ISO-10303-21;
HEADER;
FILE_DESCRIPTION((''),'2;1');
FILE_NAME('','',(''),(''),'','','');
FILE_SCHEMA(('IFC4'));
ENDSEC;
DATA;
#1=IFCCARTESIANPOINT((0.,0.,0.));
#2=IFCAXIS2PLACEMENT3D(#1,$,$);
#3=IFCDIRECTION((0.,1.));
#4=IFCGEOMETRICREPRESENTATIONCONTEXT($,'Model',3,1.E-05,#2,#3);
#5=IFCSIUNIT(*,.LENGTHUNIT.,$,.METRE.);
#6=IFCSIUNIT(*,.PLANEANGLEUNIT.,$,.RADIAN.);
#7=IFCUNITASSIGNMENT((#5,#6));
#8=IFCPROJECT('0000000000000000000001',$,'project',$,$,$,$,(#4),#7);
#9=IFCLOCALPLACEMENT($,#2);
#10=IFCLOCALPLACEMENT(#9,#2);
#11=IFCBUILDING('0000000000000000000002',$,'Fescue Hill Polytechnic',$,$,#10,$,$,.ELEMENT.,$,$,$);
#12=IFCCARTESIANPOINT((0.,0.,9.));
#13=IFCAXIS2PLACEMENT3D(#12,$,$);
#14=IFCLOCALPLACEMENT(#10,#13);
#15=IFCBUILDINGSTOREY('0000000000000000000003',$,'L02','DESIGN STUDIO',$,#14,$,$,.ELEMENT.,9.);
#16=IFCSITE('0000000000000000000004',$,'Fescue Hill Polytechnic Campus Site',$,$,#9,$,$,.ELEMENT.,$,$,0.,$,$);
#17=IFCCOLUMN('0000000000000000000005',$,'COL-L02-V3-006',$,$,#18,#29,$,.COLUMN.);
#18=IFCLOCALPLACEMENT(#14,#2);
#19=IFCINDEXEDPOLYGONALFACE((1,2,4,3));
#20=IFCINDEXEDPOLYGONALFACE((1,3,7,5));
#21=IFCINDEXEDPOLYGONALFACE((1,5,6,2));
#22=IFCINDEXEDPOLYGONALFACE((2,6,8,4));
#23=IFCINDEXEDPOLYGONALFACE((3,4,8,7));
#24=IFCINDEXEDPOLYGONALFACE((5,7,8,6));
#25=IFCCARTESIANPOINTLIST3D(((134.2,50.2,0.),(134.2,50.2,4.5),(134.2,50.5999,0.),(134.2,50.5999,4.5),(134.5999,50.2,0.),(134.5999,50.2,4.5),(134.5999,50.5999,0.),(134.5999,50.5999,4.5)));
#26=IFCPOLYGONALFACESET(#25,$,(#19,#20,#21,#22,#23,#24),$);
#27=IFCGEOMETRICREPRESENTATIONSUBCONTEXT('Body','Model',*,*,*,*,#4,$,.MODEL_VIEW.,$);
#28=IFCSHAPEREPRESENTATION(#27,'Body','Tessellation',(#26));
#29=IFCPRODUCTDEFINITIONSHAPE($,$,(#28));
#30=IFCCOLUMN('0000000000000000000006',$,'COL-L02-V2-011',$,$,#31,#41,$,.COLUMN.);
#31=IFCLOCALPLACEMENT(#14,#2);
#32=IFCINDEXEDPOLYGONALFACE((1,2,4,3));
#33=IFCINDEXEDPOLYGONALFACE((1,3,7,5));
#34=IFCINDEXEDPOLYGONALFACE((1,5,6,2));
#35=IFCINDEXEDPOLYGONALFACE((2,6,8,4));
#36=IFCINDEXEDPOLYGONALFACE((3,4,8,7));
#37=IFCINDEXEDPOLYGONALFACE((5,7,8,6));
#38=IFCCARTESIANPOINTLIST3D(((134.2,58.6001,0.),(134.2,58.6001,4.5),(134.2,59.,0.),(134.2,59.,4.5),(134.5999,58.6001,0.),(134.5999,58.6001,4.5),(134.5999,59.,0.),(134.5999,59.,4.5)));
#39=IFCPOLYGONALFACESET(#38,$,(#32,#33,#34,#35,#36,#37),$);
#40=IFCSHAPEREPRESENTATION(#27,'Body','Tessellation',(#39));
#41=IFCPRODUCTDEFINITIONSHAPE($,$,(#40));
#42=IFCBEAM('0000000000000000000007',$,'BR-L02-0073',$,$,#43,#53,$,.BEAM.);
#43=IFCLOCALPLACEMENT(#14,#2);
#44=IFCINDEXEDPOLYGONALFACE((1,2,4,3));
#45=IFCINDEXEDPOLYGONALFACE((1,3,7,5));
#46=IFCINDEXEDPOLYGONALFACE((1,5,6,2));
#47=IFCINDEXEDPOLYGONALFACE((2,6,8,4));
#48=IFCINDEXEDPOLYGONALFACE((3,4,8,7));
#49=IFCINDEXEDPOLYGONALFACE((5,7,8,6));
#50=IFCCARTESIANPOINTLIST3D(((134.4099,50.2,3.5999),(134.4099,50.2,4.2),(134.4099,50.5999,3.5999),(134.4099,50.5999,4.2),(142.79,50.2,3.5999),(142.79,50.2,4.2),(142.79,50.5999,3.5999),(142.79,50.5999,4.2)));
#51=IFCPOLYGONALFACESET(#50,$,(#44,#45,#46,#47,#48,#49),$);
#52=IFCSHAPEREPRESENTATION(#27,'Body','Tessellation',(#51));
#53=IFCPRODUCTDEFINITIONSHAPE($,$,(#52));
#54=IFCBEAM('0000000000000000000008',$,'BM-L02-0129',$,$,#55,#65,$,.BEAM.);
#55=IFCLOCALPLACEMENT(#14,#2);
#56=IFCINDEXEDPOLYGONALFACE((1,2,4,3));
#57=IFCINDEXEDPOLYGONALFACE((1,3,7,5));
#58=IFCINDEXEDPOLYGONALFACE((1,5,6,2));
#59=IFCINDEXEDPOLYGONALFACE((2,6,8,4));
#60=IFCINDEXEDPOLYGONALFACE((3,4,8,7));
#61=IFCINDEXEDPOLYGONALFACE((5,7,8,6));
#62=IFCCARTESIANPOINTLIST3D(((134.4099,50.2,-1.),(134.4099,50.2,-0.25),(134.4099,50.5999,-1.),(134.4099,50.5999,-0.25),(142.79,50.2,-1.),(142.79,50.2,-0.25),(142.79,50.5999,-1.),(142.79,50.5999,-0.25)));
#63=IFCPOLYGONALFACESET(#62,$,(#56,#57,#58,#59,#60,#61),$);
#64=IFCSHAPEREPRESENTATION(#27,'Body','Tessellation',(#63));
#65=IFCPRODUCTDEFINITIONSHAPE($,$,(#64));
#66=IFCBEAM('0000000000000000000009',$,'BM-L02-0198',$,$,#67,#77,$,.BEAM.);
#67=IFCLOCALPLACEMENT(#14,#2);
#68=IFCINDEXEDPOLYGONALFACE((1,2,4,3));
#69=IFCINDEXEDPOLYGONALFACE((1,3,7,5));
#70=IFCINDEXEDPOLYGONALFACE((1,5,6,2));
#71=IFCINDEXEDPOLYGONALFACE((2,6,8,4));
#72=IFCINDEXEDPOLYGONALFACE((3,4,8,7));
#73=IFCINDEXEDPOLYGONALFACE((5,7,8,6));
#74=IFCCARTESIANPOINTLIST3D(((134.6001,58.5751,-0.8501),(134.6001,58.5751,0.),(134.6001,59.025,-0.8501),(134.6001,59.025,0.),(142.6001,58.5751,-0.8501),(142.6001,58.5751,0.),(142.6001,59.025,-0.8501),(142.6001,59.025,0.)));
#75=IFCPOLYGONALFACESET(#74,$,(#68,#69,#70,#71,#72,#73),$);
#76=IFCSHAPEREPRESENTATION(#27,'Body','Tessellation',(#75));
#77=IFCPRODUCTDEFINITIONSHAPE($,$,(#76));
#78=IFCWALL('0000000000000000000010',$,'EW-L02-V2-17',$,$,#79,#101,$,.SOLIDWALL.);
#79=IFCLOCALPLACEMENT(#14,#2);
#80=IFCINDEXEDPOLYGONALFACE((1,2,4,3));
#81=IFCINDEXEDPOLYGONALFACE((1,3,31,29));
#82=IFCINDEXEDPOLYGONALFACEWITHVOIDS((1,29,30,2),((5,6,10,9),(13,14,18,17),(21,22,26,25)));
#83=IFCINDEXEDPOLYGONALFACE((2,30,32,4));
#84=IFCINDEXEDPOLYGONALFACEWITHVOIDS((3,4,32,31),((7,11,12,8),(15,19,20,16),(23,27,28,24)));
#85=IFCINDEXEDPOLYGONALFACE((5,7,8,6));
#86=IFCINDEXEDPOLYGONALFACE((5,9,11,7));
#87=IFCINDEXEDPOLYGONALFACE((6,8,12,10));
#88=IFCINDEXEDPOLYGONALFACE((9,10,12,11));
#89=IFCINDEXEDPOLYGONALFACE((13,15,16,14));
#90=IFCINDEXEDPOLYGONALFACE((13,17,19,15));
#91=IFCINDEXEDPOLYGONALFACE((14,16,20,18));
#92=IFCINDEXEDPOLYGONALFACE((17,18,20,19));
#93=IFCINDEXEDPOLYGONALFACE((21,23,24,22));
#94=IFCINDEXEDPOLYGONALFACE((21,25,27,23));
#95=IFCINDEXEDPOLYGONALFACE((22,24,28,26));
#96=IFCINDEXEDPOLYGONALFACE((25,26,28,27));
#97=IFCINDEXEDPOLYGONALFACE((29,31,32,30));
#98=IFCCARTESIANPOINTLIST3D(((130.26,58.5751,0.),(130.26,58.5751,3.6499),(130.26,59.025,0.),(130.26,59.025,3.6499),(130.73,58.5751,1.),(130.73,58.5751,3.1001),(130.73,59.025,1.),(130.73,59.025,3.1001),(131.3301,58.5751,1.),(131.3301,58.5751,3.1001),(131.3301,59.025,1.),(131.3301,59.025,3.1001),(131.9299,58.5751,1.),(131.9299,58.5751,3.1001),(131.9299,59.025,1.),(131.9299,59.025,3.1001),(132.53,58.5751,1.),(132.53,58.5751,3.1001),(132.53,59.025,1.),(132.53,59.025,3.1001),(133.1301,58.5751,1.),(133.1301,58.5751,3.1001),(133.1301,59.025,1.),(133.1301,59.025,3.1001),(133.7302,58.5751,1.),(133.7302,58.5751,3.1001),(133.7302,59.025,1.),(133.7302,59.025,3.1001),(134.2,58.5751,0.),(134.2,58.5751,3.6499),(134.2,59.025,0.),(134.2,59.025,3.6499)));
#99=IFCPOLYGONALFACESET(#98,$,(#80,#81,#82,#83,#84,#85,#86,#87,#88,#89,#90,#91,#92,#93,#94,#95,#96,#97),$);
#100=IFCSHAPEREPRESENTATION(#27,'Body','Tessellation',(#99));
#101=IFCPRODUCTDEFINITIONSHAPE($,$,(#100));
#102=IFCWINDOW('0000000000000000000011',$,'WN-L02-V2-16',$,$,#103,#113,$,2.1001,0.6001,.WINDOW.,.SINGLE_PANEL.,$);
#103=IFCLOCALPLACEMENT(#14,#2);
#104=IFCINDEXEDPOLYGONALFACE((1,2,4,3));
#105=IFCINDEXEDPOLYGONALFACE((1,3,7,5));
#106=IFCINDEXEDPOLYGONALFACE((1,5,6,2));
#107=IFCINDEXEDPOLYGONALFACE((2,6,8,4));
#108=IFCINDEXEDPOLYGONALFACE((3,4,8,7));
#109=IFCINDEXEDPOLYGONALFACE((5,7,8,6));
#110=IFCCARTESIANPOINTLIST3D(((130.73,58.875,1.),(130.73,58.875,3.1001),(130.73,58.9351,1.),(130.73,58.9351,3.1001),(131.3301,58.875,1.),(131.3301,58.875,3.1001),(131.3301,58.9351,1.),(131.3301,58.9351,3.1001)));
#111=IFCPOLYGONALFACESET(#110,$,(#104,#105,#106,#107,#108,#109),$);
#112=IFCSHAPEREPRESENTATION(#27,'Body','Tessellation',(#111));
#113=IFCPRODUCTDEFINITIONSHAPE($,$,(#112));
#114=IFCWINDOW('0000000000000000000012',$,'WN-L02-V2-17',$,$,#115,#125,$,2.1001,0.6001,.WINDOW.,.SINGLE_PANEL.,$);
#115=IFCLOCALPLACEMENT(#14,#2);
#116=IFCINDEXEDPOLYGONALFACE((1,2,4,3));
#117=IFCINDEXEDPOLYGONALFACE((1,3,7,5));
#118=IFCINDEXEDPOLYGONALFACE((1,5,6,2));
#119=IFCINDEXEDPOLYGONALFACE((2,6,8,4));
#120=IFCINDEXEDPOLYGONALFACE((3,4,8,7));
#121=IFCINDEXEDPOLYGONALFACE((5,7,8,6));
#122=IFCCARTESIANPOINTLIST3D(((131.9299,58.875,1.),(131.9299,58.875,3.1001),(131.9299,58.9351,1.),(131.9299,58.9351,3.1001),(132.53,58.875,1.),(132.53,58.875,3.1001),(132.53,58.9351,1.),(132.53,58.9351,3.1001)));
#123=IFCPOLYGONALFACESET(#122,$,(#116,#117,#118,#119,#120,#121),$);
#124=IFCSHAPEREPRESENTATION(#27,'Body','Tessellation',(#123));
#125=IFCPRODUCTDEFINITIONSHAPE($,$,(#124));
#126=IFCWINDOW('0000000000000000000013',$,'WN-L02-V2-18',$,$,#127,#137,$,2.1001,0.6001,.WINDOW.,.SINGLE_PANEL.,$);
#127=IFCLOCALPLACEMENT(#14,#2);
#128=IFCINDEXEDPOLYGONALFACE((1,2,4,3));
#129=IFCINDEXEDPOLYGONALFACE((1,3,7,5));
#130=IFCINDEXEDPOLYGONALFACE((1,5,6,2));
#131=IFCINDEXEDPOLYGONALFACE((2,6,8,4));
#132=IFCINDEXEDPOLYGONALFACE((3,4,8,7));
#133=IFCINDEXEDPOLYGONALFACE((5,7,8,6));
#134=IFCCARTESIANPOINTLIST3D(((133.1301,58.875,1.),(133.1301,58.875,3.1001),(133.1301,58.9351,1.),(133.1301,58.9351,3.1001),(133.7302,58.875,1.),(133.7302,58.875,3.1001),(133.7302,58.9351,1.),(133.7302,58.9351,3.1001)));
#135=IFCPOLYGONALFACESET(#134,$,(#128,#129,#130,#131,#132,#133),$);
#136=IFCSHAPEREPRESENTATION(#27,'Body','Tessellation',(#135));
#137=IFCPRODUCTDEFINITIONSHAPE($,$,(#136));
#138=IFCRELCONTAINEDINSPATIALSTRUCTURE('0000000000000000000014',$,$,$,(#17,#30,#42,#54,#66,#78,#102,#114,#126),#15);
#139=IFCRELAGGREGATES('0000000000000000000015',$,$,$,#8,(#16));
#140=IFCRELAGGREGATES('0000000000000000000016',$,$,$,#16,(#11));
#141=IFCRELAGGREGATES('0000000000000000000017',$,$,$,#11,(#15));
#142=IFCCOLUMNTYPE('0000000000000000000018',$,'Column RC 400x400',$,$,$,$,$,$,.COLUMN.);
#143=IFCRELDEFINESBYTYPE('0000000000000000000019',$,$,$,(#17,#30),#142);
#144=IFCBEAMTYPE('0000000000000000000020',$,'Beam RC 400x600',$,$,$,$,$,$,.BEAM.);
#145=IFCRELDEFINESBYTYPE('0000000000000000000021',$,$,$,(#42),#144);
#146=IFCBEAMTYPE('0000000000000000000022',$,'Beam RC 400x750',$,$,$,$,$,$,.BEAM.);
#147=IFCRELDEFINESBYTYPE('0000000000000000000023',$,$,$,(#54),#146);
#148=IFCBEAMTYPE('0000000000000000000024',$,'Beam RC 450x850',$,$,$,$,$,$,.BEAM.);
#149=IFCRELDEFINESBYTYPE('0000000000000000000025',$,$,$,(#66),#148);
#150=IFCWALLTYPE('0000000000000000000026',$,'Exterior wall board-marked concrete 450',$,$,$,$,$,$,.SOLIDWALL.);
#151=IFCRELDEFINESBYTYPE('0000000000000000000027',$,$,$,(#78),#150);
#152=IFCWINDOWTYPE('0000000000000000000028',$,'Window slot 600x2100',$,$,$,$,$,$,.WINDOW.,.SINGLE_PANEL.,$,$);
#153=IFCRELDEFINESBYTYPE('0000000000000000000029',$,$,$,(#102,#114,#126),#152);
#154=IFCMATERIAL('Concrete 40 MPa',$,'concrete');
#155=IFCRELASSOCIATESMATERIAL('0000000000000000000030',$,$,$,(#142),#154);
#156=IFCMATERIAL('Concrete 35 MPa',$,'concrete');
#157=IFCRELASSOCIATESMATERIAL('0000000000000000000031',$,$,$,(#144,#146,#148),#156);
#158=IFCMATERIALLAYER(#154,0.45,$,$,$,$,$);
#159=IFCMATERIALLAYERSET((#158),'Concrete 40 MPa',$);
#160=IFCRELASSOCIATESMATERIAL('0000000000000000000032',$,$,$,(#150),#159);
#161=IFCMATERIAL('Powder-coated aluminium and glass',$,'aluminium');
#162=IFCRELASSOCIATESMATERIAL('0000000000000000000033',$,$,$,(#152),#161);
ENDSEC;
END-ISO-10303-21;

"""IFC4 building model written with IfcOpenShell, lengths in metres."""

from ifc_helpers import new_model, si_unit, direction, frame, frame_2d, origin, origin_2d, place, context, subcontext, project, spatial, rectangle, extrude, material, layer, layer_set, material_profile, profile_set, type_object, element, fill, save


model = new_model("IFC4")

# Units and contexts
model_context = context("Model", 3, precision=1e-05, world=origin(), true_north=direction((0.0, 1.0)))
body_context = subcontext(model_context, "Body", "Model", "MODEL_VIEW")
ifc_project = project(units=[si_unit("LENGTHUNIT", "METRE"), si_unit("PLANEANGLEUNIT", "RADIAN")], contexts=[model_context])

# Site, building, storey
site_placement = place(None, origin())
site = spatial("IfcSite", under=ifc_project, at=site_placement, Name="Fescue Hill Polytechnic Campus Site", CompositionType="ELEMENT", RefElevation=0.0)
building_placement = place(site_placement, origin())
building = spatial("IfcBuilding", under=site, at=building_placement, Name="Fescue Hill Polytechnic", CompositionType="ELEMENT")
storey_placement = place(building_placement, frame((0.0, 0.0, 9.0)))
storey = spatial("IfcBuildingStorey", under=building, at=storey_placement, Name="L02", Description="DESIGN STUDIO", CompositionType="ELEMENT", Elevation=9.0)

# Columns
ifc_material_1 = material(Name="Concrete 40 MPa", Category="concrete")
ifc_material_profile_1 = material_profile(ifc_material_1, rectangle(XDim=0.3999, YDim=0.3999, at=origin_2d()), Name="RC 400x400")
ifc_profile_set_1 = profile_set([ifc_material_profile_1], Name="Concrete 40 MPa")
column_type = type_object("IfcColumnType", Name="Column RC 400x400", PredefinedType="COLUMN", material=ifc_profile_set_1)
for number, where, z_axis, x_axis, name in (
    (1, (134.3999, 50.3999, 0.0), (0.0, 0.0, 1.0), (1.0, 0.0, 0.0), "COL-L02-V3-006"),
    (2, (134.3999, 58.8, 0.0), (0.0, 0.0, 1.0), (1.0, 0.0, 0.0), "COL-L02-V2-011"),
):
    element("IfcColumn", number, at=place(storey_placement, frame(where, z_axis=z_axis, x_axis=x_axis)), inside=storey, type_object=column_type, Name=name, PredefinedType="COLUMN", context=body_context, shape_type="SweptSolid", body=[
        extrude(rectangle(XDim=0.3999, YDim=0.3999, at=origin_2d()), origin(), (0.0, 0.0, 1.0), 4.5),
    ])

# Beams
ifc_material_2 = material(Name="Concrete 35 MPa", Category="concrete")
ifc_material_profile_2 = material_profile(ifc_material_2, rectangle(XDim=0.3999, YDim=0.6001, at=origin_2d()), Name="RC 400x600")
ifc_profile_set_2 = profile_set([ifc_material_profile_2], Name="Concrete 35 MPa")
beam_type_1 = type_object("IfcBeamType", Name="Beam RC 400x600", PredefinedType="BEAM", material=ifc_profile_set_2)
beam_1_placement = place(storey_placement, frame((134.4099, 50.3999, 3.8999), z_axis=(1.0, 0.0, 0.0), x_axis=(0.0, 1.0, 0.0)))
element("IfcBeam", 3, at=beam_1_placement, inside=storey, type_object=beam_type_1, Name="BR-L02-0073", PredefinedType="BEAM", context=body_context, shape_type="SweptSolid", body=[
    extrude(rectangle(XDim=0.3999, YDim=0.6001, at=origin_2d()), origin(), (0.0, 0.0, 1.0), 8.3801),
])
ifc_material_profile_3 = material_profile(ifc_material_2, rectangle(XDim=0.3999, YDim=0.75, at=origin_2d()), Name="RC 400x750")
ifc_profile_set_3 = profile_set([ifc_material_profile_3], Name="Concrete 35 MPa")
beam_type_2 = type_object("IfcBeamType", Name="Beam RC 400x750", PredefinedType="BEAM", material=ifc_profile_set_3)
beam_2_placement = place(storey_placement, frame((134.4099, 50.3999, -0.625), z_axis=(1.0, 0.0, 0.0), x_axis=(0.0, 1.0, 0.0)))
element("IfcBeam", 4, at=beam_2_placement, inside=storey, type_object=beam_type_2, Name="BM-L02-0129", PredefinedType="BEAM", context=body_context, shape_type="SweptSolid", body=[
    extrude(rectangle(XDim=0.3999, YDim=0.75, at=origin_2d()), origin(), (0.0, 0.0, 1.0), 8.3801),
])
ifc_material_profile_4 = material_profile(ifc_material_2, rectangle(XDim=0.45, YDim=0.8501, at=origin_2d()), Name="RC 450x850")
ifc_profile_set_4 = profile_set([ifc_material_profile_4], Name="Concrete 35 MPa")
beam_type_3 = type_object("IfcBeamType", Name="Beam RC 450x850", PredefinedType="BEAM", material=ifc_profile_set_4)
beam_3_placement = place(storey_placement, frame((134.6001, 58.8, -0.425), z_axis=(1.0, 0.0, 0.0), x_axis=(0.0, 1.0, 0.0)))
element("IfcBeam", 5, at=beam_3_placement, inside=storey, type_object=beam_type_3, Name="BM-L02-0198", PredefinedType="BEAM", context=body_context, shape_type="SweptSolid", body=[
    extrude(rectangle(XDim=0.45, YDim=0.8501, at=origin_2d()), origin(), (0.0, 0.0, 1.0), 8.0),
])

# Wall, openings, windows
ifc_layer_1 = layer(ifc_material_1, 0.45)
ifc_layer_set_1 = layer_set([ifc_layer_1], Name="Concrete 40 MPa")
wall_type_1 = type_object("IfcWallType", Name="Exterior wall board-marked concrete 450", PredefinedType="SOLIDWALL", material=ifc_layer_set_1)
wall_1_placement = place(storey_placement, frame((130.26, 58.8, 0.0), z_axis=(0.0, 0.0, 1.0), x_axis=(1.0, 0.0, 0.0)))
wall_1 = element("IfcWall", 6, at=wall_1_placement, inside=storey, type_object=wall_type_1, Name="EW-L02-V2-17", PredefinedType="SOLIDWALL", context=body_context, shape_type="SweptSolid", body=[
    extrude(rectangle(XDim=3.9399, YDim=0.45, at=frame_2d((1.97, 0.0))), origin(), (0.0, 0.0, 1.0), 3.6499),
])
opening_1_placement = place(wall_1_placement, frame((0.47, 0.0, 1.0)))
opening_1 = element("IfcOpeningElement", 7, at=opening_1_placement, cuts=wall_1, PredefinedType="OPENING", context=body_context, shape_type="SweptSolid", body=[
    extrude(rectangle(XDim=0.6001, YDim=2.1001, at=frame_2d((0.3, 1.05))), frame((0.0, 0.2349, 0.0), z_axis=(0.0, -1.0, 0.0), x_axis=(1.0, 0.0, 0.0)), (0.0, 0.0, 1.0), 0.47),
])
opening_2_placement = place(wall_1_placement, frame((1.6699, 0.0, 1.0)))
opening_2 = element("IfcOpeningElement", 8, at=opening_2_placement, cuts=wall_1, PredefinedType="OPENING", context=body_context, shape_type="SweptSolid", body=[
    extrude(rectangle(XDim=0.6001, YDim=2.1001, at=frame_2d((0.3, 1.05))), frame((0.0, 0.2349, 0.0), z_axis=(0.0, -1.0, 0.0), x_axis=(1.0, 0.0, 0.0)), (0.0, 0.0, 1.0), 0.47),
])
opening_3_placement = place(wall_1_placement, frame((2.8701, 0.0, 1.0)))
opening_3 = element("IfcOpeningElement", 9, at=opening_3_placement, cuts=wall_1, PredefinedType="OPENING", context=body_context, shape_type="SweptSolid", body=[
    extrude(rectangle(XDim=0.6001, YDim=2.1001, at=frame_2d((0.3, 1.05))), frame((0.0, 0.2349, 0.0), z_axis=(0.0, -1.0, 0.0), x_axis=(1.0, 0.0, 0.0)), (0.0, 0.0, 1.0), 0.47),
])
ifc_material_3 = material(Name="Powder-coated aluminium and glass", Category="aluminium")
window_type_1 = type_object("IfcWindowType", Name="Window slot 600x2100", PartitioningType="SINGLE_PANEL", PredefinedType="WINDOW", material=ifc_material_3)
window_1_placement = place(opening_1_placement, origin())
window_1 = element("IfcWindow", 10, at=window_1_placement, inside=storey, type_object=window_type_1, Name="WN-L02-V2-16", OverallHeight=2.1001, OverallWidth=0.6001, PartitioningType="SINGLE_PANEL", PredefinedType="WINDOW", context=body_context, shape_type="SweptSolid", body=[
    extrude(rectangle(XDim=0.6001, YDim=2.1001, at=frame_2d((0.3, 1.05))), frame((0.0, 0.135, 0.0), z_axis=(0.0, -1.0, 0.0), x_axis=(1.0, 0.0, 0.0)), (0.0, 0.0, 1.0), 0.0601),
])
fill(opening_1, window_1)
window_2_placement = place(opening_2_placement, origin())
window_2 = element("IfcWindow", 11, at=window_2_placement, inside=storey, type_object=window_type_1, Name="WN-L02-V2-17", OverallHeight=2.1001, OverallWidth=0.6001, PartitioningType="SINGLE_PANEL", PredefinedType="WINDOW", context=body_context, shape_type="SweptSolid", body=[
    extrude(rectangle(XDim=0.6001, YDim=2.1001, at=frame_2d((0.3, 1.05))), frame((0.0, 0.135, 0.0), z_axis=(0.0, -1.0, 0.0), x_axis=(1.0, 0.0, 0.0)), (0.0, 0.0, 1.0), 0.0601),
])
fill(opening_2, window_2)
window_3_placement = place(opening_3_placement, origin())
window_3 = element("IfcWindow", 12, at=window_3_placement, inside=storey, type_object=window_type_1, Name="WN-L02-V2-18", OverallHeight=2.1001, OverallWidth=0.6001, PartitioningType="SINGLE_PANEL", PredefinedType="WINDOW", context=body_context, shape_type="SweptSolid", body=[
    extrude(rectangle(XDim=0.6001, YDim=2.1001, at=frame_2d((0.3, 1.05))), frame((0.0, 0.135, 0.0), z_axis=(0.0, -1.0, 0.0), x_axis=(1.0, 0.0, 0.0)), (0.0, 0.0, 1.0), 0.0601),
])
fill(opening_3, window_3)

save(model, "model.ifc")
